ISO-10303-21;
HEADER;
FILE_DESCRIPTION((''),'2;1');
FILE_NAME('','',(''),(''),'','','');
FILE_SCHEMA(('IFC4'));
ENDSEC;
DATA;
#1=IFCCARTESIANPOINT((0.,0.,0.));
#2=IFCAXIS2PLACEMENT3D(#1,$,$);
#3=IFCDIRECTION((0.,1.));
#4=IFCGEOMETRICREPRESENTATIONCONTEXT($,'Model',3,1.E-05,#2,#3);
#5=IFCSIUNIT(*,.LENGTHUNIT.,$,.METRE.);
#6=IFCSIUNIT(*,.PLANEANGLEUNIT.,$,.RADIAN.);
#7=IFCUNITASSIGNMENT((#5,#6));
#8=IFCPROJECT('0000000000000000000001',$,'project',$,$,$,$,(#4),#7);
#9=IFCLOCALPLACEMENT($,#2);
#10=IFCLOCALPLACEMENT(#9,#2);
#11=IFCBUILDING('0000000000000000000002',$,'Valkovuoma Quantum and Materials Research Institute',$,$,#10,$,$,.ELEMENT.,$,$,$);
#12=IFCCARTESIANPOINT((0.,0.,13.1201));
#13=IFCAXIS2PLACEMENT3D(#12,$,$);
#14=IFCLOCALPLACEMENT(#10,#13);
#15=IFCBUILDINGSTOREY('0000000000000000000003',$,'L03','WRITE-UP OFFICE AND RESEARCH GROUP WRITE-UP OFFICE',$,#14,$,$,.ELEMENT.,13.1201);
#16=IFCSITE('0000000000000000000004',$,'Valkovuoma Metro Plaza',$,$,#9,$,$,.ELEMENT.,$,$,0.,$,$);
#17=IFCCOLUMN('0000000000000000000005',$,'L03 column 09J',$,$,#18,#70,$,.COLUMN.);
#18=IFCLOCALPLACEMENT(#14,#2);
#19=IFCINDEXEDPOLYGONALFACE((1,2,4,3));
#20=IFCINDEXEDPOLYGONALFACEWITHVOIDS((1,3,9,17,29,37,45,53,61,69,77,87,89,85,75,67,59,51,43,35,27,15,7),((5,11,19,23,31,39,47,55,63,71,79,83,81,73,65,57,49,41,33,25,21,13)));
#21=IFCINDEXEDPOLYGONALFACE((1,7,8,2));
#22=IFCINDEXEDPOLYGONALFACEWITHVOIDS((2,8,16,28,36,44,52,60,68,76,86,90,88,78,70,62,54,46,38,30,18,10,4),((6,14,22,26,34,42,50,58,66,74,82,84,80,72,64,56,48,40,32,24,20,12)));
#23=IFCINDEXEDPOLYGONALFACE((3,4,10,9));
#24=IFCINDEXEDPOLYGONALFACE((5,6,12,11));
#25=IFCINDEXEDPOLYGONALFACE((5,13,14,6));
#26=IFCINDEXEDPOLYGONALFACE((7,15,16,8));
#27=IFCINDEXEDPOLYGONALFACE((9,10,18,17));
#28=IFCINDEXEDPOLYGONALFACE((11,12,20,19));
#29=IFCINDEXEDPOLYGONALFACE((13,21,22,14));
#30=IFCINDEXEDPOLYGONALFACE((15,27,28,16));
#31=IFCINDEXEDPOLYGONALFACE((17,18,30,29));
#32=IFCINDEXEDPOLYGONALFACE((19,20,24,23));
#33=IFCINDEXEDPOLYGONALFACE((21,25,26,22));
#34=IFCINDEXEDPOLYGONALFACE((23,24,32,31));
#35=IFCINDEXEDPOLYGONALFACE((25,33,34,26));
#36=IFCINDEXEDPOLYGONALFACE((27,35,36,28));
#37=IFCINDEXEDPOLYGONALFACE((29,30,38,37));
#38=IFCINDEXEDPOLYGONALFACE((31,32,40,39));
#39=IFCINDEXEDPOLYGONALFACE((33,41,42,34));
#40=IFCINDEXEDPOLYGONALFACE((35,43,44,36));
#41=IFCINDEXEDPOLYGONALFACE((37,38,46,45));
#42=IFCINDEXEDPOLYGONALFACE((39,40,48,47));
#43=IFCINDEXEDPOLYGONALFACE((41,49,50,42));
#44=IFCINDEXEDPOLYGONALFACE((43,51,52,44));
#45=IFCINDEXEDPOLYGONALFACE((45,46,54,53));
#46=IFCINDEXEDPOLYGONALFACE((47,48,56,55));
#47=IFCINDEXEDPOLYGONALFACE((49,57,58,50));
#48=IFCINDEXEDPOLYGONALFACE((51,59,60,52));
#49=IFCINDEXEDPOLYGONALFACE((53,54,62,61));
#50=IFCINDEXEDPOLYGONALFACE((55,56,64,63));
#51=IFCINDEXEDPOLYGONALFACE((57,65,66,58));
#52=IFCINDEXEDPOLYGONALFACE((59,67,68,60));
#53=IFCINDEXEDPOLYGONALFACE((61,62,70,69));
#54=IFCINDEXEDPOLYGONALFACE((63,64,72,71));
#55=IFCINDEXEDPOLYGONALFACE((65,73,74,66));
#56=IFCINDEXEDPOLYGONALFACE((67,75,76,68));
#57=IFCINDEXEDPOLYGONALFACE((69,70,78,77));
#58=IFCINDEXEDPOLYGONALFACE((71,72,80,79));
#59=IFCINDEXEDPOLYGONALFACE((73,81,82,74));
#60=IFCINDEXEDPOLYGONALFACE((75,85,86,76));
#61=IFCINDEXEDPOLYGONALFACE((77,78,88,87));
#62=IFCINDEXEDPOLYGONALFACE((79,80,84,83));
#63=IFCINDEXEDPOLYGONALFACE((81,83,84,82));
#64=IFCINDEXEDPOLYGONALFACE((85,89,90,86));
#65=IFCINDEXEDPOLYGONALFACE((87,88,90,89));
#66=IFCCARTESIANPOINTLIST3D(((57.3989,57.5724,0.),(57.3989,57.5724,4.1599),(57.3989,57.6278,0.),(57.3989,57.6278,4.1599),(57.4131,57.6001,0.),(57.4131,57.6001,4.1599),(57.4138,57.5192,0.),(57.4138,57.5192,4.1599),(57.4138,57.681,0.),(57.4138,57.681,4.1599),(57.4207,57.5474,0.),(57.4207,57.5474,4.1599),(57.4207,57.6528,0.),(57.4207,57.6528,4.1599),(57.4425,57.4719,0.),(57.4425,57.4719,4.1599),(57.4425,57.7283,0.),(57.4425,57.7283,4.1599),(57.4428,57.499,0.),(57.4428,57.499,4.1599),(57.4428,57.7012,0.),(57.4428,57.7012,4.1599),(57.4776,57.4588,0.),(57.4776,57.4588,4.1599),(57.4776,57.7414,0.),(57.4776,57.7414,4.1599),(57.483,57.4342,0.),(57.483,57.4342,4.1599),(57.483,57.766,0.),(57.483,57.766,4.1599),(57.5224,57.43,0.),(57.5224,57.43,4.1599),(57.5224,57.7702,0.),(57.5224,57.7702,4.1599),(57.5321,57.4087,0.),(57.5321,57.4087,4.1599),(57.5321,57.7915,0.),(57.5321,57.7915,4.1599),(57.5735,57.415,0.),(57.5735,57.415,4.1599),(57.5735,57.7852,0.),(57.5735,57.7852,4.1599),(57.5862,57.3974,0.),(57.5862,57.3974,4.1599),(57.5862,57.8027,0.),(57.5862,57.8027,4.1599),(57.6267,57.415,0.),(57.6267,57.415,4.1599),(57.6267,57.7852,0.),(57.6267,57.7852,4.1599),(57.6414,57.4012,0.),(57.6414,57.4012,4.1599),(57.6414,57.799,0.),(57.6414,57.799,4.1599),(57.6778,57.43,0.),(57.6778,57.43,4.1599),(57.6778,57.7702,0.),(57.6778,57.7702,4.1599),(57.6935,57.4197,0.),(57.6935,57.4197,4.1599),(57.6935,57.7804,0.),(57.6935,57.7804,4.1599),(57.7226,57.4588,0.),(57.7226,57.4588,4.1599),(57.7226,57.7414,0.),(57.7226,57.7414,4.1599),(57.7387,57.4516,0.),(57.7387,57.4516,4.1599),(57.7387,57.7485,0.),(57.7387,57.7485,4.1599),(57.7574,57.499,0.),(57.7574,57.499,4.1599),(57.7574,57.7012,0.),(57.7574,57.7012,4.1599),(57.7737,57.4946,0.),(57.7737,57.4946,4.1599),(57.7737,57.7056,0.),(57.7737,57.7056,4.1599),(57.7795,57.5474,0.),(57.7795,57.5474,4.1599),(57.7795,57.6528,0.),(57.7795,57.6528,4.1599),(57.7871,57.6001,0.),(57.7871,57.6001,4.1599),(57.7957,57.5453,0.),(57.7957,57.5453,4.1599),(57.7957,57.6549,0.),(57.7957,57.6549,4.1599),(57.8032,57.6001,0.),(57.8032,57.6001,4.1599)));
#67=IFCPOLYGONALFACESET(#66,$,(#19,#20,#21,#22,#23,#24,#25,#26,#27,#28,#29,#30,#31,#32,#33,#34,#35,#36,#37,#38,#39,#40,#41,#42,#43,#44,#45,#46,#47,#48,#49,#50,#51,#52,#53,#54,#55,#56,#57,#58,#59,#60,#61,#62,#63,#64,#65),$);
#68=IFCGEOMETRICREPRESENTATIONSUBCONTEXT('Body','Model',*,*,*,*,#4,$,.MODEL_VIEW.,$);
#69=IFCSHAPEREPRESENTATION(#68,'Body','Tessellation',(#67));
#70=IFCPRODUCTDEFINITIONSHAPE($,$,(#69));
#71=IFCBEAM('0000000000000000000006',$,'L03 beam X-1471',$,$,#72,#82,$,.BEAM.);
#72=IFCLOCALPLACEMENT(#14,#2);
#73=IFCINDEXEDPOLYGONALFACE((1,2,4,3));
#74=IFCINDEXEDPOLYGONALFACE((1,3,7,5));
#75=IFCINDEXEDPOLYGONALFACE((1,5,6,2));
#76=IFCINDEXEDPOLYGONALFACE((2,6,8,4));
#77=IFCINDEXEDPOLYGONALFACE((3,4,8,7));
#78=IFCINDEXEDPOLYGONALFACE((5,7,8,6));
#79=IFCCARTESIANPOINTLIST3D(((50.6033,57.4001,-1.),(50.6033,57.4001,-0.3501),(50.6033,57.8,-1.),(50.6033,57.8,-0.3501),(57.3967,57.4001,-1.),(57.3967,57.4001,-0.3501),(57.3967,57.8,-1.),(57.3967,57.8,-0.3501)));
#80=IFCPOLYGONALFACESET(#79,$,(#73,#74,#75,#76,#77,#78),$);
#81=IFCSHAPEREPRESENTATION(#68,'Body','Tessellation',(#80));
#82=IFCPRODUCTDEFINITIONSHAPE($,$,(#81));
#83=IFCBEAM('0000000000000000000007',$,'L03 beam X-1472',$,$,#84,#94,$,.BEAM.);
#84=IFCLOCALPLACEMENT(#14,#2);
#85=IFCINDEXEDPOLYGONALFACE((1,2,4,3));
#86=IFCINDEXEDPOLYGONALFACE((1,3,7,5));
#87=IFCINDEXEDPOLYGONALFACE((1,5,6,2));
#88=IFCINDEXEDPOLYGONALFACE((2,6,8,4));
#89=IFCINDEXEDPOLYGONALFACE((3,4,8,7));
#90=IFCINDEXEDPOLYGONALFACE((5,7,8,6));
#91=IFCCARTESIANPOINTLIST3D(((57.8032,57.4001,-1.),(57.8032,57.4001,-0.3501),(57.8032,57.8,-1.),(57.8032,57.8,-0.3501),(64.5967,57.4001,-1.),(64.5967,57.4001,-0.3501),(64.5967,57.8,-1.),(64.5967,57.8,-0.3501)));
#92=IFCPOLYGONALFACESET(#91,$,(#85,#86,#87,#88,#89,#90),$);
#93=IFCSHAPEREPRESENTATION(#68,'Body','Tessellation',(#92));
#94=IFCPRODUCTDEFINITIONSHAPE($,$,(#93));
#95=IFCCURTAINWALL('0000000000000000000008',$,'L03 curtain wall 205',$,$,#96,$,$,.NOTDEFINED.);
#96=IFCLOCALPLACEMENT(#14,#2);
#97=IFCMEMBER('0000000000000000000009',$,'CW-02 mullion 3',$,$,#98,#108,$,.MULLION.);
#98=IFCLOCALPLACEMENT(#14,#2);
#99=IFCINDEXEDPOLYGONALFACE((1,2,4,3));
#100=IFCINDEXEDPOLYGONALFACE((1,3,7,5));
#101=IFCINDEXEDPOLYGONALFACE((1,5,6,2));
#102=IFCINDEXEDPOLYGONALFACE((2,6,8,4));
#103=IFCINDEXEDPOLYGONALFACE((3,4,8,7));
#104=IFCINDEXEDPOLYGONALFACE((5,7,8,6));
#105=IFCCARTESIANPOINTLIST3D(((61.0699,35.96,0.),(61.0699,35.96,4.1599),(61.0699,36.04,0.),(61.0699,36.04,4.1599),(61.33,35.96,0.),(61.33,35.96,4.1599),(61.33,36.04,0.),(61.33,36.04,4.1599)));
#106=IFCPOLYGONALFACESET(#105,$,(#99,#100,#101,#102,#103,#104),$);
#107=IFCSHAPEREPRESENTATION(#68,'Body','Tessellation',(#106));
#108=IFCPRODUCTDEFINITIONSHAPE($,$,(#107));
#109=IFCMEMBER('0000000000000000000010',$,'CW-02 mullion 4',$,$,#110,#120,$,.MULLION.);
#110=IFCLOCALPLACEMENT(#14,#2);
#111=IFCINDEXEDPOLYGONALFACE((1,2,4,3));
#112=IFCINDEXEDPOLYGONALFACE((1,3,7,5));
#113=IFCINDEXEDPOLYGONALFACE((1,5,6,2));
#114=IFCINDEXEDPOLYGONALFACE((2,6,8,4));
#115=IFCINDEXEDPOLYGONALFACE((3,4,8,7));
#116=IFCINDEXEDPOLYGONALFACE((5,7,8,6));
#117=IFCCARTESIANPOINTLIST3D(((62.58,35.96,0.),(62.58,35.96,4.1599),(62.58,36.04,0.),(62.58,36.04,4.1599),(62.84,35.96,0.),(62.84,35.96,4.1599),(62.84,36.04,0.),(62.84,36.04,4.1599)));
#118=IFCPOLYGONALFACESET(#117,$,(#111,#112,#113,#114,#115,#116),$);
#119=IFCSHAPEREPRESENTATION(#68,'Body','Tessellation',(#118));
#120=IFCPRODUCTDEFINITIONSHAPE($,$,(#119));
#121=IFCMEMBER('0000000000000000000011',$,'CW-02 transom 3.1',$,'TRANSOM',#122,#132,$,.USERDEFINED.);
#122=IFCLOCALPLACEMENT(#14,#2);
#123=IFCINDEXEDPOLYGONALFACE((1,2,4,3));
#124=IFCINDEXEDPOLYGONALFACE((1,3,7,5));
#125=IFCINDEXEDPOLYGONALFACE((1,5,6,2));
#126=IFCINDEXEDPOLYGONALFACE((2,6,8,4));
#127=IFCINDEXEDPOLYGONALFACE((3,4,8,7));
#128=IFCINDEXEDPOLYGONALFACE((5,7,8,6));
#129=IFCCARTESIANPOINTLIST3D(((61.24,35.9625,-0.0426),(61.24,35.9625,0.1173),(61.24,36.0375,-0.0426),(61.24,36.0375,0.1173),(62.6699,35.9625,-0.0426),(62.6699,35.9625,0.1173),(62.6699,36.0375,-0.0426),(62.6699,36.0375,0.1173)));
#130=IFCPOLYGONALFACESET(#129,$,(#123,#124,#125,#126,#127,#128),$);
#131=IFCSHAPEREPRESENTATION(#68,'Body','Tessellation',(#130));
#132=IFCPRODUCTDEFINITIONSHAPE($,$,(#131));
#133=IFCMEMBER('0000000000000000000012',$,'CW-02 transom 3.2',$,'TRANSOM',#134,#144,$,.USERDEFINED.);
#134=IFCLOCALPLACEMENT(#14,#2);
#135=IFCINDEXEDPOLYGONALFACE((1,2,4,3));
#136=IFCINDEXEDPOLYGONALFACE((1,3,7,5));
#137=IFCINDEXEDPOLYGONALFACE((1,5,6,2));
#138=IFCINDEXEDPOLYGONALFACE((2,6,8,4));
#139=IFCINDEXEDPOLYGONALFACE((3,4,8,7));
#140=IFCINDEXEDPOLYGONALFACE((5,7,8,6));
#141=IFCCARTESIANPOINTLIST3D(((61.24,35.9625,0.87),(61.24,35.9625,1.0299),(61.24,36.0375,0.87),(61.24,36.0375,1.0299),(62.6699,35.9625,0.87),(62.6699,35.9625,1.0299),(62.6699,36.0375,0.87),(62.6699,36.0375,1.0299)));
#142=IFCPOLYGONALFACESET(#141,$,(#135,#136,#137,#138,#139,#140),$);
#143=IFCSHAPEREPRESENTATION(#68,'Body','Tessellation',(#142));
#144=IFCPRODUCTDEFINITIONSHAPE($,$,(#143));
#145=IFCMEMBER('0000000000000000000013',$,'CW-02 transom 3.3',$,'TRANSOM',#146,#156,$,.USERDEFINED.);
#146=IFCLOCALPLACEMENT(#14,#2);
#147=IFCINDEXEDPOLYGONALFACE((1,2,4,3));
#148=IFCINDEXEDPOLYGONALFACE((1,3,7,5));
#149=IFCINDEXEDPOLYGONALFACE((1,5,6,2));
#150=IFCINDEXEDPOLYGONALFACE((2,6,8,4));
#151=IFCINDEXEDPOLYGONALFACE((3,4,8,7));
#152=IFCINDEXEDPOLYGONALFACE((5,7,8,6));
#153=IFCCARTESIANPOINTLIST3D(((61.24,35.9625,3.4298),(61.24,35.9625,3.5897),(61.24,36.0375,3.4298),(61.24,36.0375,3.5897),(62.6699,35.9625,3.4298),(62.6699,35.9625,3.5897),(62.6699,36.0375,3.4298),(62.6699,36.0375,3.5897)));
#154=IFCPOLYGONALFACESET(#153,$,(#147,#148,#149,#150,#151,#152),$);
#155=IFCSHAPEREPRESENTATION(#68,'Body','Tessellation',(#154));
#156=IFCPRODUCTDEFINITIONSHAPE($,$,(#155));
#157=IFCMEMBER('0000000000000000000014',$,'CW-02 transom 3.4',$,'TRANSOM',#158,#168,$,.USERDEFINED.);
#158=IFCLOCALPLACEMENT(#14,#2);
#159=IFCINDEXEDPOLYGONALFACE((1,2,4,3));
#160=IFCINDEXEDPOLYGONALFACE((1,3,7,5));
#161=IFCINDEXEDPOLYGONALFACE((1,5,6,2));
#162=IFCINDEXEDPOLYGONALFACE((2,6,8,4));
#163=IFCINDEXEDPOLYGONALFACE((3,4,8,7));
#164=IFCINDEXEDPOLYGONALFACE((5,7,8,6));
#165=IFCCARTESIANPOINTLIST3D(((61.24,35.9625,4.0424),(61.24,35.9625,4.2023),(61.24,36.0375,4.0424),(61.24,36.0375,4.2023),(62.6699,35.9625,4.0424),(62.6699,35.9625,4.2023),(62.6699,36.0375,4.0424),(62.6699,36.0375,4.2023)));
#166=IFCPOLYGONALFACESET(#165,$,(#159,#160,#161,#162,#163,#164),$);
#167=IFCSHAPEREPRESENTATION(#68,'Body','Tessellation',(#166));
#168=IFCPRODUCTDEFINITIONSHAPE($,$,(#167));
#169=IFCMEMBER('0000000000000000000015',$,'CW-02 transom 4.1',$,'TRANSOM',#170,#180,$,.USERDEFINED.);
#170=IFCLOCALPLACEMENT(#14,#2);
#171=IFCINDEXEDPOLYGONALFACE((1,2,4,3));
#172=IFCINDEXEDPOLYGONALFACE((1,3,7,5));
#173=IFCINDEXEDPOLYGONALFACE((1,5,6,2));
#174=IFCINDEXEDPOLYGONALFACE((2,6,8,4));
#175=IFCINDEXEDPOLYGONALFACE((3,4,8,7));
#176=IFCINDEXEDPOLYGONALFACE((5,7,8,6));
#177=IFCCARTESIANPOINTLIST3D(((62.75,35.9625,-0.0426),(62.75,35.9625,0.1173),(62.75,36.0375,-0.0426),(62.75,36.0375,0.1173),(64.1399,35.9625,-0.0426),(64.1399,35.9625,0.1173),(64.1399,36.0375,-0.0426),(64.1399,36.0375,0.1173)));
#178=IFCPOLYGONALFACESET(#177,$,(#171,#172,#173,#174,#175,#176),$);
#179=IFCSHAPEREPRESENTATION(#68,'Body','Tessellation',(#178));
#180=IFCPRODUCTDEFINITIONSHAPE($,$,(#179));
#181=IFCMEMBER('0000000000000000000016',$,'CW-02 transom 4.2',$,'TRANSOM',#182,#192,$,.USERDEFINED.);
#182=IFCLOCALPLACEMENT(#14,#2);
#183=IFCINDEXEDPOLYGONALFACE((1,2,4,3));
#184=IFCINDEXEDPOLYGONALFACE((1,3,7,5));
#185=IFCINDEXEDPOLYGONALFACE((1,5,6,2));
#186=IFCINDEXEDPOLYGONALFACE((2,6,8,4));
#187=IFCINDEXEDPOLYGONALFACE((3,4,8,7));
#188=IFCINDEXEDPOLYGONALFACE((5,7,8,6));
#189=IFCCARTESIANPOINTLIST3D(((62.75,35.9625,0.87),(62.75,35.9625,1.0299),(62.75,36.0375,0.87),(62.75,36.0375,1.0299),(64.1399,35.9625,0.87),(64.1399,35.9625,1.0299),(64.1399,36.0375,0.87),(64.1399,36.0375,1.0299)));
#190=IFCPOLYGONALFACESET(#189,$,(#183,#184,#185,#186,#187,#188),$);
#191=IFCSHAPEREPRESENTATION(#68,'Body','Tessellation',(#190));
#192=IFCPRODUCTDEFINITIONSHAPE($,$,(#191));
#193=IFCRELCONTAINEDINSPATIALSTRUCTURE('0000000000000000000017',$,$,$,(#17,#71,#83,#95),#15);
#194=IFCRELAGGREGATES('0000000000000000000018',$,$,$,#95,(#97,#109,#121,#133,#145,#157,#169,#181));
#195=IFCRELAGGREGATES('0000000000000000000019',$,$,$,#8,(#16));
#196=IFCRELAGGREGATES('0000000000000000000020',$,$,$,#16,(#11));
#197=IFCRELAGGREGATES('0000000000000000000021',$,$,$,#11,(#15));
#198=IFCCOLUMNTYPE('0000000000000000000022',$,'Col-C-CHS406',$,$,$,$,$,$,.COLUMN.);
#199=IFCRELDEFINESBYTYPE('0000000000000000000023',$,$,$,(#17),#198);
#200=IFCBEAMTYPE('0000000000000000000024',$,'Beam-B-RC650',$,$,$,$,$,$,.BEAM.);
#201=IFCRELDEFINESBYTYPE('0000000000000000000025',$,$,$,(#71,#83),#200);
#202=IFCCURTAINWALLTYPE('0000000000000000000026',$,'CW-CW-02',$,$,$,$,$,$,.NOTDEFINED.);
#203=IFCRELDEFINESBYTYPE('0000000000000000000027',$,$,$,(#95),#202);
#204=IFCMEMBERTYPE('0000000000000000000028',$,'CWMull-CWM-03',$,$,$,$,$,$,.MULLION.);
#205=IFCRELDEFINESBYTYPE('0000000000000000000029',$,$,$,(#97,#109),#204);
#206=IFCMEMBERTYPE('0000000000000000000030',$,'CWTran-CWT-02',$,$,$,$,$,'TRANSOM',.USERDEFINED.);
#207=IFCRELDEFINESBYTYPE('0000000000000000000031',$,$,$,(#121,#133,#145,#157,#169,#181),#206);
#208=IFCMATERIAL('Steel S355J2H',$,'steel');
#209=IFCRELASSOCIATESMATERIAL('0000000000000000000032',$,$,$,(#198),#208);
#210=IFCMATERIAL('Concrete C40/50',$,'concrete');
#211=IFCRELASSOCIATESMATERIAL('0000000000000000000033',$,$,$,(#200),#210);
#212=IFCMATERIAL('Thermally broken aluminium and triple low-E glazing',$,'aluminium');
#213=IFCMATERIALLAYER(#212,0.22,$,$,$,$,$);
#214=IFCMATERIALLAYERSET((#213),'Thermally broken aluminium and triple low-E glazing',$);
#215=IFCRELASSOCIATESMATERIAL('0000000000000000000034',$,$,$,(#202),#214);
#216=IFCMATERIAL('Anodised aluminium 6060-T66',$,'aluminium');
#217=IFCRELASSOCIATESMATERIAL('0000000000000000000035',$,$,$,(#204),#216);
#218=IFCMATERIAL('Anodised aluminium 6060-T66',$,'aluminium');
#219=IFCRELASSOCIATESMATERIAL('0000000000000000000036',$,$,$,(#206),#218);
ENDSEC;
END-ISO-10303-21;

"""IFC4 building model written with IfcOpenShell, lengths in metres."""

from ifc_helpers import new_model, si_unit, direction, frame, origin, origin_2d, place, context, subcontext, project, spatial, rectangle, hollow_circle, extrude, material, layer, layer_set, material_profile, profile_set, type_object, element, aggregate, save


model = new_model("IFC4")

# Units and contexts
model_context = context("Model", 3, precision=1e-05, world=origin(), true_north=direction((0.0, 1.0)))
body_context = subcontext(model_context, "Body", "Model", "MODEL_VIEW")
ifc_project = project(units=[si_unit("LENGTHUNIT", "METRE"), si_unit("PLANEANGLEUNIT", "RADIAN")], contexts=[model_context])

# Site, building, storey
site_placement = place(None, origin())
site = spatial("IfcSite", under=ifc_project, at=site_placement, Name="Valkovuoma Metro Plaza", CompositionType="ELEMENT", RefElevation=0.0)
building_placement = place(site_placement, origin())
building = spatial("IfcBuilding", under=site, at=building_placement, Name="Valkovuoma Quantum and Materials Research Institute", CompositionType="ELEMENT")
storey_placement = place(building_placement, frame((0.0, 0.0, 13.1201)))
storey = spatial("IfcBuildingStorey", under=building, at=storey_placement, Name="L03", Description="WRITE-UP OFFICE AND RESEARCH GROUP WRITE-UP OFFICE", CompositionType="ELEMENT", Elevation=13.1201)

# Column
ifc_material_1 = material(Name="Steel S355J2H", Category="steel")
ifc_material_profile_1 = material_profile(ifc_material_1, hollow_circle(Radius=0.2031, WallThickness=0.0161, at=origin_2d()), Name="Steel S355J2H")
ifc_profile_set_1 = profile_set([ifc_material_profile_1], Name="Steel S355J2H")
column_type = type_object("IfcColumnType", Name="Col-C-CHS406", PredefinedType="COLUMN", material=ifc_profile_set_1)
column_placement = place(storey_placement, frame((57.6001, 57.6001, 0.0), z_axis=(0.0, 0.0, 1.0), x_axis=(1.0, 0.0, 0.0)))
element("IfcColumn", 1, at=column_placement, inside=storey, type_object=column_type, Name="L03 column 09J", PredefinedType="COLUMN", context=body_context, shape_type="SweptSolid", body=[
    extrude(hollow_circle(Radius=0.2031, WallThickness=0.0161, at=origin_2d()), origin(), (0.0, 0.0, 1.0), 4.1599),
])

# Beams
ifc_material_2 = material(Name="Concrete C40/50", Category="concrete")
ifc_material_profile_2 = material_profile(ifc_material_2, rectangle(XDim=0.3999, YDim=0.6499, at=origin_2d()), Name="Concrete C40/50")
ifc_profile_set_2 = profile_set([ifc_material_profile_2], Name="Concrete C40/50")
beam_type = type_object("IfcBeamType", Name="Beam-B-RC650", PredefinedType="BEAM", material=ifc_profile_set_2)
for number, where, z_axis, x_axis, name in (
    (2, (50.6033, 57.6001, -0.675), (1.0, 0.0, 0.0), (0.0, 1.0, 0.0), "L03 beam X-1471"),
    (3, (57.8032, 57.6001, -0.675), (1.0, 0.0, 0.0), (0.0, 1.0, 0.0), "L03 beam X-1472"),
):
    element("IfcBeam", number, at=place(storey_placement, frame(where, z_axis=z_axis, x_axis=x_axis)), inside=storey, type_object=beam_type, Name=name, PredefinedType="BEAM", context=body_context, shape_type="SweptSolid", body=[
        extrude(rectangle(XDim=0.3999, YDim=0.6499, at=origin_2d()), origin(), (0.0, 0.0, 1.0), 6.7935),
    ])

# Curtain wall, members
ifc_material_3 = material(Name="Thermally broken aluminium and triple low-E glazing", Category="aluminium")
ifc_layer_1 = layer(ifc_material_3, 0.22)
ifc_layer_set_1 = layer_set([ifc_layer_1], Name="Thermally broken aluminium and triple low-E glazing")
curtain_wall_type = type_object("IfcCurtainWallType", Name="CW-CW-02", PredefinedType="NOTDEFINED", material=ifc_layer_set_1)
curtain_wall_placement = place(storey_placement, origin())
curtain_wall = element("IfcCurtainWall", 4, at=curtain_wall_placement, inside=storey, type_object=curtain_wall_type, Name="L03 curtain wall 205", PredefinedType="NOTDEFINED")
ifc_material_4 = material(Name="Anodised aluminium 6060-T66", Category="aluminium")
ifc_material_profile_3 = material_profile(ifc_material_4, rectangle(XDim=0.0801, YDim=0.26, at=origin_2d()), Name="Anodised aluminium 6060-T66")
ifc_profile_set_3 = profile_set([ifc_material_profile_3], Name="Anodised aluminium 6060-T66")
member_type_1 = type_object("IfcMemberType", Name="CWMull-CWM-03", PredefinedType="MULLION", material=ifc_profile_set_3)
member_1_placement = place(storey_placement, frame((61.2, 36.0, 0.0), z_axis=(0.0, 0.0, 1.0), x_axis=(0.0, 1.0, 0.0)))
member_1 = element("IfcMember", 5, at=member_1_placement, type_object=member_type_1, Name="CW-02 mullion 3", PredefinedType="MULLION", context=body_context, shape_type="SweptSolid", body=[
    extrude(rectangle(XDim=0.0801, YDim=0.26, at=origin_2d()), origin(), (0.0, 0.0, 1.0), 4.1599),
])
member_2_placement = place(storey_placement, frame((62.71, 36.0, 0.0), z_axis=(0.0, 0.0, 1.0), x_axis=(0.0, 1.0, 0.0)))
member_2 = element("IfcMember", 6, at=member_2_placement, type_object=member_type_1, Name="CW-02 mullion 4", PredefinedType="MULLION", context=body_context, shape_type="SweptSolid", body=[
    extrude(rectangle(XDim=0.0801, YDim=0.26, at=origin_2d()), origin(), (0.0, 0.0, 1.0), 4.1599),
])
ifc_material_5 = material(Name="Anodised aluminium 6060-T66", Category="aluminium")
ifc_material_profile_4 = material_profile(ifc_material_5, rectangle(XDim=0.075, YDim=0.1599, at=origin_2d()), Name="Anodised aluminium 6060-T66")
ifc_profile_set_4 = profile_set([ifc_material_profile_4], Name="Anodised aluminium 6060-T66")
member_type_2 = type_object("IfcMemberType", Name="CWTran-CWT-02", ElementType="TRANSOM", PredefinedType="USERDEFINED", material=ifc_profile_set_4)
member_3_placement = place(storey_placement, frame((61.24, 36.0, 0.0374), z_axis=(1.0, 0.0, 0.0), x_axis=(0.0, 1.0, 0.0)))
member_3 = element("IfcMember", 7, at=member_3_placement, type_object=member_type_2, Name="CW-02 transom 3.1", ObjectType="TRANSOM", PredefinedType="USERDEFINED", context=body_context, shape_type="SweptSolid", body=[
    extrude(rectangle(XDim=0.075, YDim=0.1599, at=origin_2d()), origin(), (0.0, 0.0, 1.0), 1.4299),
])
member_4_placement = place(storey_placement, frame((61.24, 36.0, 0.95), z_axis=(1.0, 0.0, 0.0), x_axis=(0.0, 1.0, 0.0)))
member_4 = element("IfcMember", 8, at=member_4_placement, type_object=member_type_2, Name="CW-02 transom 3.2", ObjectType="TRANSOM", PredefinedType="USERDEFINED", context=body_context, shape_type="SweptSolid", body=[
    extrude(rectangle(XDim=0.075, YDim=0.1599, at=origin_2d()), origin(), (0.0, 0.0, 1.0), 1.4299),
])
member_5_placement = place(storey_placement, frame((61.24, 36.0, 3.5098), z_axis=(1.0, 0.0, 0.0), x_axis=(0.0, 1.0, 0.0)))
member_5 = element("IfcMember", 9, at=member_5_placement, type_object=member_type_2, Name="CW-02 transom 3.3", ObjectType="TRANSOM", PredefinedType="USERDEFINED", context=body_context, shape_type="SweptSolid", body=[
    extrude(rectangle(XDim=0.075, YDim=0.1599, at=origin_2d()), origin(), (0.0, 0.0, 1.0), 1.4299),
])
member_6_placement = place(storey_placement, frame((61.24, 36.0, 4.1223), z_axis=(1.0, 0.0, 0.0), x_axis=(0.0, 1.0, 0.0)))
member_6 = element("IfcMember", 10, at=member_6_placement, type_object=member_type_2, Name="CW-02 transom 3.4", ObjectType="TRANSOM", PredefinedType="USERDEFINED", context=body_context, shape_type="SweptSolid", body=[
    extrude(rectangle(XDim=0.075, YDim=0.1599, at=origin_2d()), origin(), (0.0, 0.0, 1.0), 1.4299),
])
member_7_placement = place(storey_placement, frame((62.75, 36.0, 0.0374), z_axis=(1.0, 0.0, 0.0), x_axis=(0.0, 1.0, 0.0)))
member_7 = element("IfcMember", 11, at=member_7_placement, type_object=member_type_2, Name="CW-02 transom 4.1", ObjectType="TRANSOM", PredefinedType="USERDEFINED", context=body_context, shape_type="SweptSolid", body=[
    extrude(rectangle(XDim=0.075, YDim=0.1599, at=origin_2d()), origin(), (0.0, 0.0, 1.0), 1.3899),
])
member_8_placement = place(storey_placement, frame((62.75, 36.0, 0.95), z_axis=(1.0, 0.0, 0.0), x_axis=(0.0, 1.0, 0.0)))
member_8 = element("IfcMember", 12, at=member_8_placement, type_object=member_type_2, Name="CW-02 transom 4.2", ObjectType="TRANSOM", PredefinedType="USERDEFINED", context=body_context, shape_type="SweptSolid", body=[
    extrude(rectangle(XDim=0.075, YDim=0.1599, at=origin_2d()), origin(), (0.0, 0.0, 1.0), 1.3899),
])
aggregate(curtain_wall, [member_1, member_2, member_3, member_4, member_5, member_6, member_7, member_8])

save(model, "model.ifc")
